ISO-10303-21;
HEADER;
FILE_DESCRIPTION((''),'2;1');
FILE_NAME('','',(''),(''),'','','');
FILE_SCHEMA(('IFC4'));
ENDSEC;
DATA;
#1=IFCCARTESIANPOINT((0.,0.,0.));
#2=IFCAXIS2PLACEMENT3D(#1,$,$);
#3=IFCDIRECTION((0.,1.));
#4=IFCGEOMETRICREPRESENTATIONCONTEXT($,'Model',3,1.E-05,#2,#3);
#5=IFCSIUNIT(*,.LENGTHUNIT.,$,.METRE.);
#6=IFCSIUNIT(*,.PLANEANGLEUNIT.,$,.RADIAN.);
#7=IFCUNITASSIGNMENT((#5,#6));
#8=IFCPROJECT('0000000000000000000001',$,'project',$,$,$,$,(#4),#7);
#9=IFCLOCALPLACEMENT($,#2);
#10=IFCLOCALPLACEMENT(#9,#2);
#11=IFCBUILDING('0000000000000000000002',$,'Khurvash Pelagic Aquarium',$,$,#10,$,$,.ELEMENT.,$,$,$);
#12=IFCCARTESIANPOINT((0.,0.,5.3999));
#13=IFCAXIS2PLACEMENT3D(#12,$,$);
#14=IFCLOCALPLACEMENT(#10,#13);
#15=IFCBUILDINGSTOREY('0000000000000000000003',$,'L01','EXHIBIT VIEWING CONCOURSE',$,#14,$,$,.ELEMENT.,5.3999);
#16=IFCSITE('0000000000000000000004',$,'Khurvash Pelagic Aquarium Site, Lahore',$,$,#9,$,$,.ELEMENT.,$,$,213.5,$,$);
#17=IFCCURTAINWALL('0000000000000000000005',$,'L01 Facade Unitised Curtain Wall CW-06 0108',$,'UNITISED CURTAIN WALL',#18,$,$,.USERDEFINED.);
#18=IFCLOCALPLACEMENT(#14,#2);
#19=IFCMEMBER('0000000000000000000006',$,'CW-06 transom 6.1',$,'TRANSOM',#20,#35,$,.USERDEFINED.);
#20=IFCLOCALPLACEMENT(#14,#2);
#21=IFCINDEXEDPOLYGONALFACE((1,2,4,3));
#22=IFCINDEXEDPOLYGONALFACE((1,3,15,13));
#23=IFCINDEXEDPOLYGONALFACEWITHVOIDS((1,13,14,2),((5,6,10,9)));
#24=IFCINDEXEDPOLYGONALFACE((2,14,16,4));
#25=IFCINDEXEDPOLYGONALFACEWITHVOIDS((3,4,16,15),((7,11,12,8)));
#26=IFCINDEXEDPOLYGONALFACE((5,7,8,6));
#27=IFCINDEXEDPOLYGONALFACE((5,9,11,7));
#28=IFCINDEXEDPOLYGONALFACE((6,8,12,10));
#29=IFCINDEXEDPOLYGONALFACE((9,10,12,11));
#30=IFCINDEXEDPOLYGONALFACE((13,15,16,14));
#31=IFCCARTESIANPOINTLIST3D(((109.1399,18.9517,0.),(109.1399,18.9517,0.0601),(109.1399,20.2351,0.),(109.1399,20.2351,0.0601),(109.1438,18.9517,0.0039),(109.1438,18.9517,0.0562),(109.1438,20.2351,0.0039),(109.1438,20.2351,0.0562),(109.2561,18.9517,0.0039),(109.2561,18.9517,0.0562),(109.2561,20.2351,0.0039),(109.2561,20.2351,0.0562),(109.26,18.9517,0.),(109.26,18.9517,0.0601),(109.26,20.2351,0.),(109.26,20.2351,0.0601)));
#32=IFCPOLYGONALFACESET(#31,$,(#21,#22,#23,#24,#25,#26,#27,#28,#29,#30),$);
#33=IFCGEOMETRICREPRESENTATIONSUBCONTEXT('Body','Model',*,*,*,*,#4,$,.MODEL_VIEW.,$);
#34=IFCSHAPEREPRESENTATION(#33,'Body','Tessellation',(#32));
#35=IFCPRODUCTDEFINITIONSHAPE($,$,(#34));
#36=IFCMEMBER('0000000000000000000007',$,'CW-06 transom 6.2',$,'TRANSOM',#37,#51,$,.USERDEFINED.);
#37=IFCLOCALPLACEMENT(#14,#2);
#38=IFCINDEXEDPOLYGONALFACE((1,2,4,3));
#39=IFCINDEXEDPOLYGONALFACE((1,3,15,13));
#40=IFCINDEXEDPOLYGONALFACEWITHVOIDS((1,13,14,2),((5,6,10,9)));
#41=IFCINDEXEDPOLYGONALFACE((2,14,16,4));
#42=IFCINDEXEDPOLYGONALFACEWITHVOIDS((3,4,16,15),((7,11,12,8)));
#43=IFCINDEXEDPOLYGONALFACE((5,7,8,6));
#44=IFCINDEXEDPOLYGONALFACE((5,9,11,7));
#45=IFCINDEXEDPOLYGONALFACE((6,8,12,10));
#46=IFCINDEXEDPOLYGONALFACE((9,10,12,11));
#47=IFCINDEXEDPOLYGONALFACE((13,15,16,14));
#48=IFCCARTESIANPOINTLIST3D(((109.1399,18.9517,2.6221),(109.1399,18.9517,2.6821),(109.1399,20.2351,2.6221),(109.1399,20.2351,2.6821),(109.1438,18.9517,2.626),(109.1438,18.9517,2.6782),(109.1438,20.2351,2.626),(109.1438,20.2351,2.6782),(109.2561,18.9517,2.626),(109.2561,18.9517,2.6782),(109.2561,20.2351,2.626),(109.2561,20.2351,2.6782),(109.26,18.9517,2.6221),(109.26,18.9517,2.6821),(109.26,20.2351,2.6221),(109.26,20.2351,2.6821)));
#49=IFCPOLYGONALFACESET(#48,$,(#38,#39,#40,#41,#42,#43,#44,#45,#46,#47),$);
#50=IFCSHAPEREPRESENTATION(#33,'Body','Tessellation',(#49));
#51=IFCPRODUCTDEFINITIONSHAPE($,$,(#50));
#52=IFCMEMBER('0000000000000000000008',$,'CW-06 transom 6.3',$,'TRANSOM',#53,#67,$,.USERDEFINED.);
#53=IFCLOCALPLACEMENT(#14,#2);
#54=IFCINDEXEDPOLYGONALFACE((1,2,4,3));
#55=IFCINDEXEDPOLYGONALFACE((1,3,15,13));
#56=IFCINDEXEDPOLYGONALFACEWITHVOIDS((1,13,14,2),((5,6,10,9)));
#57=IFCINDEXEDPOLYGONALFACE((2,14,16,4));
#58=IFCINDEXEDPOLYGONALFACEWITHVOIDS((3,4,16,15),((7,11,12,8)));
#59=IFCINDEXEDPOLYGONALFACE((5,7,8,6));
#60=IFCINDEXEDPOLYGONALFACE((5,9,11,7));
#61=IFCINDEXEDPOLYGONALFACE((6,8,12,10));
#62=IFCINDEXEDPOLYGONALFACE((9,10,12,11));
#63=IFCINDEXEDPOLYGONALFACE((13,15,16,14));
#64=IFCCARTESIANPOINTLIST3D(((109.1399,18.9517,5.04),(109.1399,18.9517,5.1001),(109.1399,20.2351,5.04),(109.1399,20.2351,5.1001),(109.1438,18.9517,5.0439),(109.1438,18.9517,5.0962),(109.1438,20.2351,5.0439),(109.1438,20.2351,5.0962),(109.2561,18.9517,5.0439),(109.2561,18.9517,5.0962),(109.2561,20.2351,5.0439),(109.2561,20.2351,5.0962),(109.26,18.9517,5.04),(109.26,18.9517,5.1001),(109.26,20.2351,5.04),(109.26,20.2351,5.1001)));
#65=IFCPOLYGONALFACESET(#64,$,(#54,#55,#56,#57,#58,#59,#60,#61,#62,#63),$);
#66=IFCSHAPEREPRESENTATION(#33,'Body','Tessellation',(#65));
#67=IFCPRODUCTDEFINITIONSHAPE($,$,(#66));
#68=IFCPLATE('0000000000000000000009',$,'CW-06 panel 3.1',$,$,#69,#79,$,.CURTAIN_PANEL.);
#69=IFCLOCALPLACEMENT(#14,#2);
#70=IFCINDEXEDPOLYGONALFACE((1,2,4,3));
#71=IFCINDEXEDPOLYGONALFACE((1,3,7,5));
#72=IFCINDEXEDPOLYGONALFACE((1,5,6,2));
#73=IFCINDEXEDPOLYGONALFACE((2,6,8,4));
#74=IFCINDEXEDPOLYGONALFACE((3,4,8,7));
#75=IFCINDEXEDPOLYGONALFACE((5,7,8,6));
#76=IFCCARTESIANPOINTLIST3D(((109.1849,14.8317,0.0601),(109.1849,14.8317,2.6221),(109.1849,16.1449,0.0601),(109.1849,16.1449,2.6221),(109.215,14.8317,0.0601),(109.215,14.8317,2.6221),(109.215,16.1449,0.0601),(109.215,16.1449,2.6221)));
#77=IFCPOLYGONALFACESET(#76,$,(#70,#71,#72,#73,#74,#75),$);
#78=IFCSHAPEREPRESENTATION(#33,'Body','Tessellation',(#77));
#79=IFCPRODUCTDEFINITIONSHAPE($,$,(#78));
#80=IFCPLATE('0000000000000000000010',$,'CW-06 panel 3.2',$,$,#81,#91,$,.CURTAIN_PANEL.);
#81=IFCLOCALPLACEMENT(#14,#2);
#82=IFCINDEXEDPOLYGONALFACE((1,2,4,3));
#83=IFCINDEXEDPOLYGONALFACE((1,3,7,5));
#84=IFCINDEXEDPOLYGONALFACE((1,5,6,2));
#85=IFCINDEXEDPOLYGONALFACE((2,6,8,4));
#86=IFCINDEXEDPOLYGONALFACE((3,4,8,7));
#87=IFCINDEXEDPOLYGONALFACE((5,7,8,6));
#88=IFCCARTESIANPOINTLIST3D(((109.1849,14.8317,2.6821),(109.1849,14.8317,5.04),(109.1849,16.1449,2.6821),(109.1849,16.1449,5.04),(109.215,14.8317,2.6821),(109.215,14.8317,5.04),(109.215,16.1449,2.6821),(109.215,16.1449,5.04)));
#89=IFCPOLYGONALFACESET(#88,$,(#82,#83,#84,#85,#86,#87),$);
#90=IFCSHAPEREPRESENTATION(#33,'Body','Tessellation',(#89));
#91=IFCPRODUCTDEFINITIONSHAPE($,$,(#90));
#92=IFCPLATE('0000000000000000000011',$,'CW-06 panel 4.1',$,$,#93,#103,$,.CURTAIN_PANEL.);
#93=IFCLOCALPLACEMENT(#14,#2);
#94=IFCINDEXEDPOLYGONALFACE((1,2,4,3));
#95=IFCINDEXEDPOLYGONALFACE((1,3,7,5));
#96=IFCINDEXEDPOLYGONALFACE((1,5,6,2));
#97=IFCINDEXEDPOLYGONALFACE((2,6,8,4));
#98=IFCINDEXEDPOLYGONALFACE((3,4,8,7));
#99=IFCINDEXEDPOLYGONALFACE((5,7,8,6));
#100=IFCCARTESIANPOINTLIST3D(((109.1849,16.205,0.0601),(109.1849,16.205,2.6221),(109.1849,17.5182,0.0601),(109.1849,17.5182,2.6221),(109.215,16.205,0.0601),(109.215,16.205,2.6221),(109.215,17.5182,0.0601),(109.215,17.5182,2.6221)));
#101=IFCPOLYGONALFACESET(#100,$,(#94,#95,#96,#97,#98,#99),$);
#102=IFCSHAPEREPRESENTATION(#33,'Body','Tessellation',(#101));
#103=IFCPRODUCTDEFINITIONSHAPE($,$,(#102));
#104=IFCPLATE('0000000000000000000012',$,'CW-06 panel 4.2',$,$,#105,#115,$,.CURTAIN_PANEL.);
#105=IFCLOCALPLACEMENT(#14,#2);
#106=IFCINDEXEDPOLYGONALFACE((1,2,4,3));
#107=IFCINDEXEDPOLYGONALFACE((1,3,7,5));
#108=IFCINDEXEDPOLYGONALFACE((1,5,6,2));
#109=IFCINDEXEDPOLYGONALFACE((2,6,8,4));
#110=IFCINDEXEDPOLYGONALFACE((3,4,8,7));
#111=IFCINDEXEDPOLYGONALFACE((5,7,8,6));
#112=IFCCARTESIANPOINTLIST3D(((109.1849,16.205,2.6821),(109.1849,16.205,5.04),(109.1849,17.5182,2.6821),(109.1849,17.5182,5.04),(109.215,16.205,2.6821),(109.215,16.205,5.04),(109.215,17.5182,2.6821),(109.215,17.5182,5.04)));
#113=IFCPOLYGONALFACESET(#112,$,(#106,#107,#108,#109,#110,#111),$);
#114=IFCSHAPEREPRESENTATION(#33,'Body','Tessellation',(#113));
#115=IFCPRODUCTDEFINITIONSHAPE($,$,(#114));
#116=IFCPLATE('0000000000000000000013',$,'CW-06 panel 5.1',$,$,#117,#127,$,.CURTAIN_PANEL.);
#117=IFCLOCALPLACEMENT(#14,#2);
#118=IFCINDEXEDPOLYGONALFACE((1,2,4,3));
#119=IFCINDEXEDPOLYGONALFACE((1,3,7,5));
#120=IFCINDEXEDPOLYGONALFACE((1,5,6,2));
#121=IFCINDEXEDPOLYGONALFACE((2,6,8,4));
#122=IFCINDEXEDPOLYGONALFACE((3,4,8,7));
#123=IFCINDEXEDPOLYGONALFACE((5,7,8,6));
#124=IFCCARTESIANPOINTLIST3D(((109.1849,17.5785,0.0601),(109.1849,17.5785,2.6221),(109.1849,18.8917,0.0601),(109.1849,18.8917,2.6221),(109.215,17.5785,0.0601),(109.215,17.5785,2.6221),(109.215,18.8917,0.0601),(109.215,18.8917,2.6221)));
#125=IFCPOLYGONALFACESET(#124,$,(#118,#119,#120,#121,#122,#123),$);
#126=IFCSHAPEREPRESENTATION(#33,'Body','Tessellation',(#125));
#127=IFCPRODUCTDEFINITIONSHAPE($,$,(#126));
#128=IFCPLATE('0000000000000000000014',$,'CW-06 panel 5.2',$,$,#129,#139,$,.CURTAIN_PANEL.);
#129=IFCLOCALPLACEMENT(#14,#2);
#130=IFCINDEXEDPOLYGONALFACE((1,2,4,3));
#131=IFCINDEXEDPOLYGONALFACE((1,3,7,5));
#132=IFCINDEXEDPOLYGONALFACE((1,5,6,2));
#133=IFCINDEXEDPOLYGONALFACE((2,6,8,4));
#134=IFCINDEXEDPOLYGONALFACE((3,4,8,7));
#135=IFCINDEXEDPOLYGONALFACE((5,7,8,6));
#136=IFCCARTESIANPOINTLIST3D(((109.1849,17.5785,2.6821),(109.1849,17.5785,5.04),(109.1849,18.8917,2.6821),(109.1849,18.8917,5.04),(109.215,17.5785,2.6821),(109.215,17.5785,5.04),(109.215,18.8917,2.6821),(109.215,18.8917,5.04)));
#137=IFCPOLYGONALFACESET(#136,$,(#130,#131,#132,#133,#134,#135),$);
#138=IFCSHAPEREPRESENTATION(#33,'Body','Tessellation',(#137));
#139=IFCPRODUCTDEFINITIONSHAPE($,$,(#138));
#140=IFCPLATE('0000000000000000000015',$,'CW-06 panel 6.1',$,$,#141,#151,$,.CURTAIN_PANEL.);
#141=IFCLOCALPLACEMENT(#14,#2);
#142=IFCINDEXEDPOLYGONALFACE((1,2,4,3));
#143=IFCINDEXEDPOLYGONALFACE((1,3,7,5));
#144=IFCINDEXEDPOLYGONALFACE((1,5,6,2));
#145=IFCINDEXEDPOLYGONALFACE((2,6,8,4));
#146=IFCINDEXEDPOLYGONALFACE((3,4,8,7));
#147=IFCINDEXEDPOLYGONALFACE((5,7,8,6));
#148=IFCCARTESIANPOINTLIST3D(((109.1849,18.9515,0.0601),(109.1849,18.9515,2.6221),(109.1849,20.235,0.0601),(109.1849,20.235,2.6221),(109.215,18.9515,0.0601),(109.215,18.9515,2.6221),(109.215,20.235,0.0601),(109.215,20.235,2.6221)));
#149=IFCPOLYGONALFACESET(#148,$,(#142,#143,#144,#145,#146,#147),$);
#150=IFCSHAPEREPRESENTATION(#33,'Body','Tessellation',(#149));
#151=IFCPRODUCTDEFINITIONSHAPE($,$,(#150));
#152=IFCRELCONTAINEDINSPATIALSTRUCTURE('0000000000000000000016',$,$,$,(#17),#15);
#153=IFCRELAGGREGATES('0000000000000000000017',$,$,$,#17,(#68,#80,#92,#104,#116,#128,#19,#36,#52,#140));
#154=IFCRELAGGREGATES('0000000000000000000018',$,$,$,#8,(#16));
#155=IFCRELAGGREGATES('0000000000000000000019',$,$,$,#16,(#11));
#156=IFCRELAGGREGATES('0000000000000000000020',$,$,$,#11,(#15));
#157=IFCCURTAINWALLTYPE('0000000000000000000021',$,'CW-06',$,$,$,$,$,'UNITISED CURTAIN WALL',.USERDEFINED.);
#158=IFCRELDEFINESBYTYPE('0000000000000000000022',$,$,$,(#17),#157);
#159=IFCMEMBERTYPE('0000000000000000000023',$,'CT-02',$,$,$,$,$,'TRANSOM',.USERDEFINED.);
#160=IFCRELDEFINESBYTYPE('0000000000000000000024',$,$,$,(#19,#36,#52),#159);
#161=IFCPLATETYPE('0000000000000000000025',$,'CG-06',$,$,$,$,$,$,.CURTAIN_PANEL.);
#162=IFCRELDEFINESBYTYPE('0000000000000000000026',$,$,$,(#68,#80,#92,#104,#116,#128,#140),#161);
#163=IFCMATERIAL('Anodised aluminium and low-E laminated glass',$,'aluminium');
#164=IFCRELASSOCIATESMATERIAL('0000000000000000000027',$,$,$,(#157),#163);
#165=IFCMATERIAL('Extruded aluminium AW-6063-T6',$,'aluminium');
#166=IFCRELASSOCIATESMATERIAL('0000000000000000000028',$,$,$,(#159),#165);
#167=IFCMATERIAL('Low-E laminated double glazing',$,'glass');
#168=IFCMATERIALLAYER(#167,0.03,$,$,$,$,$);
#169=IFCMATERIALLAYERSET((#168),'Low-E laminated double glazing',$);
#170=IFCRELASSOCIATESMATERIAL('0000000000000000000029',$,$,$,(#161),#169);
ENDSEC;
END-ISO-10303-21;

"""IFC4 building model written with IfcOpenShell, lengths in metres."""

from ifc_helpers import new_model, si_unit, direction, frame, origin, origin_2d, place, context, subcontext, project, spatial, rectangle, hollow_rectangle, extrude, material, layer, layer_set, material_profile, profile_set, type_object, element, aggregate, save


model = new_model("IFC4")

# Units and contexts
model_context = context("Model", 3, precision=1e-05, world=origin(), true_north=direction((0.0, 1.0)))
body_context = subcontext(model_context, "Body", "Model", "MODEL_VIEW")
ifc_project = project(units=[si_unit("LENGTHUNIT", "METRE"), si_unit("PLANEANGLEUNIT", "RADIAN")], contexts=[model_context])

# Site, building, storey
site_placement = place(None, origin())
site = spatial("IfcSite", under=ifc_project, at=site_placement, Name="Khurvash Pelagic Aquarium Site, Lahore", CompositionType="ELEMENT", RefElevation=213.5)
building_placement = place(site_placement, origin())
building = spatial("IfcBuilding", under=site, at=building_placement, Name="Khurvash Pelagic Aquarium", CompositionType="ELEMENT")
storey_placement = place(building_placement, frame((0.0, 0.0, 5.3999)))
storey = spatial("IfcBuildingStorey", under=building, at=storey_placement, Name="L01", Description="EXHIBIT VIEWING CONCOURSE", CompositionType="ELEMENT", Elevation=5.3999)

# Curtain wall, members, plates
ifc_material_1 = material(Name="Anodised aluminium and low-E laminated glass", Category="aluminium")
curtain_wall_type = type_object("IfcCurtainWallType", Name="CW-06", ElementType="UNITISED CURTAIN WALL", PredefinedType="USERDEFINED", material=ifc_material_1)
curtain_wall_placement = place(storey_placement, origin())
curtain_wall = element("IfcCurtainWall", 1, at=curtain_wall_placement, inside=storey, type_object=curtain_wall_type, Name="L01 Facade Unitised Curtain Wall CW-06 0108", ObjectType="UNITISED CURTAIN WALL", PredefinedType="USERDEFINED")
ifc_material_2 = material(Name="Extruded aluminium AW-6063-T6", Category="aluminium")
ifc_material_profile_1 = material_profile(ifc_material_2, hollow_rectangle(XDim=0.1201, YDim=0.0601, WallThickness=0.0039, at=origin_2d()), Name="CWT120X60X4")
ifc_profile_set_1 = profile_set([ifc_material_profile_1], Name="Extruded aluminium AW-6063-T6")
member_type_1 = type_object("IfcMemberType", Name="CT-02", ElementType="TRANSOM", PredefinedType="USERDEFINED", material=ifc_profile_set_1)
member_1_placement = place(storey_placement, frame((109.2, 18.9517, 0.03), z_axis=(0.0, 1.0, 0.0), x_axis=(-1.0, 0.0, 0.0)))
member_1 = element("IfcMember", 2, at=member_1_placement, type_object=member_type_1, Name="CW-06 transom 6.1", ObjectType="TRANSOM", PredefinedType="USERDEFINED", context=body_context, shape_type="SweptSolid", body=[
    extrude(hollow_rectangle(XDim=0.1201, YDim=0.0601, WallThickness=0.0039, at=origin_2d()), origin(), (0.0, 0.0, 1.0), 1.2834),
])
member_2_placement = place(storey_placement, frame((109.2, 18.9517, 2.6521), z_axis=(0.0, 1.0, 0.0), x_axis=(-1.0, 0.0, 0.0)))
member_2 = element("IfcMember", 3, at=member_2_placement, type_object=member_type_1, Name="CW-06 transom 6.2", ObjectType="TRANSOM", PredefinedType="USERDEFINED", context=body_context, shape_type="SweptSolid", body=[
    extrude(hollow_rectangle(XDim=0.1201, YDim=0.0601, WallThickness=0.0039, at=origin_2d()), origin(), (0.0, 0.0, 1.0), 1.2834),
])
member_3_placement = place(storey_placement, frame((109.2, 18.9517, 5.0701), z_axis=(0.0, 1.0, 0.0), x_axis=(-1.0, 0.0, 0.0)))
member_3 = element("IfcMember", 4, at=member_3_placement, type_object=member_type_1, Name="CW-06 transom 6.3", ObjectType="TRANSOM", PredefinedType="USERDEFINED", context=body_context, shape_type="SweptSolid", body=[
    extrude(hollow_rectangle(XDim=0.1201, YDim=0.0601, WallThickness=0.0039, at=origin_2d()), origin(), (0.0, 0.0, 1.0), 1.2834),
])
ifc_material_3 = material(Name="Low-E laminated double glazing", Category="glass")
ifc_layer = layer(ifc_material_3, 0.03)
ifc_layer_set = layer_set([ifc_layer], Name="Low-E laminated double glazing")
plate_type = type_object("IfcPlateType", Name="CG-06", PredefinedType="CURTAIN_PANEL", material=ifc_layer_set)
plate_1_placement = place(storey_placement, frame((109.2, 15.4883, 0.0601), z_axis=(0.0, 0.0, 1.0), x_axis=(0.0, 1.0, 0.0)))
plate_1 = element("IfcPlate", 5, at=plate_1_placement, type_object=plate_type, Name="CW-06 panel 3.1", PredefinedType="CURTAIN_PANEL", context=body_context, shape_type="SweptSolid", body=[
    extrude(rectangle(XDim=1.3132, YDim=0.03, at=origin_2d()), origin(), (0.0, 0.0, 1.0), 2.562),
])
plate_2_placement = place(storey_placement, frame((109.2, 15.4883, 2.6821), z_axis=(0.0, 0.0, 1.0), x_axis=(0.0, 1.0, 0.0)))
plate_2 = element("IfcPlate", 6, at=plate_2_placement, type_object=plate_type, Name="CW-06 panel 3.2", PredefinedType="CURTAIN_PANEL", context=body_context, shape_type="SweptSolid", body=[
    extrude(rectangle(XDim=1.3132, YDim=0.03, at=origin_2d()), origin(), (0.0, 0.0, 1.0), 2.3579),
])
plate_3_placement = place(storey_placement, frame((109.2, 16.8616, 0.0601), z_axis=(0.0, 0.0, 1.0), x_axis=(0.0, 1.0, 0.0)))
plate_3 = element("IfcPlate", 7, at=plate_3_placement, type_object=plate_type, Name="CW-06 panel 4.1", PredefinedType="CURTAIN_PANEL", context=body_context, shape_type="SweptSolid", body=[
    extrude(rectangle(XDim=1.3132, YDim=0.03, at=origin_2d()), origin(), (0.0, 0.0, 1.0), 2.562),
])
plate_4_placement = place(storey_placement, frame((109.2, 16.8616, 2.6821), z_axis=(0.0, 0.0, 1.0), x_axis=(0.0, 1.0, 0.0)))
plate_4 = element("IfcPlate", 8, at=plate_4_placement, type_object=plate_type, Name="CW-06 panel 4.2", PredefinedType="CURTAIN_PANEL", context=body_context, shape_type="SweptSolid", body=[
    extrude(rectangle(XDim=1.3132, YDim=0.03, at=origin_2d()), origin(), (0.0, 0.0, 1.0), 2.3579),
])
plate_5_placement = place(storey_placement, frame((109.2, 18.2351, 0.0601), z_axis=(0.0, 0.0, 1.0), x_axis=(0.0, 1.0, 0.0)))
plate_5 = element("IfcPlate", 9, at=plate_5_placement, type_object=plate_type, Name="CW-06 panel 5.1", PredefinedType="CURTAIN_PANEL", context=body_context, shape_type="SweptSolid", body=[
    extrude(rectangle(XDim=1.3132, YDim=0.03, at=origin_2d()), origin(), (0.0, 0.0, 1.0), 2.562),
])
plate_6_placement = place(storey_placement, frame((109.2, 18.2351, 2.6821), z_axis=(0.0, 0.0, 1.0), x_axis=(0.0, 1.0, 0.0)))
plate_6 = element("IfcPlate", 10, at=plate_6_placement, type_object=plate_type, Name="CW-06 panel 5.2", PredefinedType="CURTAIN_PANEL", context=body_context, shape_type="SweptSolid", body=[
    extrude(rectangle(XDim=1.3132, YDim=0.03, at=origin_2d()), origin(), (0.0, 0.0, 1.0), 2.3579),
])
plate_7_placement = place(storey_placement, frame((109.2, 19.5933, 0.0601), z_axis=(0.0, 0.0, 1.0), x_axis=(0.0, 1.0, 0.0)))
plate_7 = element("IfcPlate", 11, at=plate_7_placement, type_object=plate_type, Name="CW-06 panel 6.1", PredefinedType="CURTAIN_PANEL", context=body_context, shape_type="SweptSolid", body=[
    extrude(rectangle(XDim=1.2834, YDim=0.03, at=origin_2d()), origin(), (0.0, 0.0, 1.0), 2.562),
])
aggregate(curtain_wall, [plate_1, plate_2, plate_3, plate_4, plate_5, plate_6, member_1, member_2, member_3, plate_7])

save(model, "model.ifc")
